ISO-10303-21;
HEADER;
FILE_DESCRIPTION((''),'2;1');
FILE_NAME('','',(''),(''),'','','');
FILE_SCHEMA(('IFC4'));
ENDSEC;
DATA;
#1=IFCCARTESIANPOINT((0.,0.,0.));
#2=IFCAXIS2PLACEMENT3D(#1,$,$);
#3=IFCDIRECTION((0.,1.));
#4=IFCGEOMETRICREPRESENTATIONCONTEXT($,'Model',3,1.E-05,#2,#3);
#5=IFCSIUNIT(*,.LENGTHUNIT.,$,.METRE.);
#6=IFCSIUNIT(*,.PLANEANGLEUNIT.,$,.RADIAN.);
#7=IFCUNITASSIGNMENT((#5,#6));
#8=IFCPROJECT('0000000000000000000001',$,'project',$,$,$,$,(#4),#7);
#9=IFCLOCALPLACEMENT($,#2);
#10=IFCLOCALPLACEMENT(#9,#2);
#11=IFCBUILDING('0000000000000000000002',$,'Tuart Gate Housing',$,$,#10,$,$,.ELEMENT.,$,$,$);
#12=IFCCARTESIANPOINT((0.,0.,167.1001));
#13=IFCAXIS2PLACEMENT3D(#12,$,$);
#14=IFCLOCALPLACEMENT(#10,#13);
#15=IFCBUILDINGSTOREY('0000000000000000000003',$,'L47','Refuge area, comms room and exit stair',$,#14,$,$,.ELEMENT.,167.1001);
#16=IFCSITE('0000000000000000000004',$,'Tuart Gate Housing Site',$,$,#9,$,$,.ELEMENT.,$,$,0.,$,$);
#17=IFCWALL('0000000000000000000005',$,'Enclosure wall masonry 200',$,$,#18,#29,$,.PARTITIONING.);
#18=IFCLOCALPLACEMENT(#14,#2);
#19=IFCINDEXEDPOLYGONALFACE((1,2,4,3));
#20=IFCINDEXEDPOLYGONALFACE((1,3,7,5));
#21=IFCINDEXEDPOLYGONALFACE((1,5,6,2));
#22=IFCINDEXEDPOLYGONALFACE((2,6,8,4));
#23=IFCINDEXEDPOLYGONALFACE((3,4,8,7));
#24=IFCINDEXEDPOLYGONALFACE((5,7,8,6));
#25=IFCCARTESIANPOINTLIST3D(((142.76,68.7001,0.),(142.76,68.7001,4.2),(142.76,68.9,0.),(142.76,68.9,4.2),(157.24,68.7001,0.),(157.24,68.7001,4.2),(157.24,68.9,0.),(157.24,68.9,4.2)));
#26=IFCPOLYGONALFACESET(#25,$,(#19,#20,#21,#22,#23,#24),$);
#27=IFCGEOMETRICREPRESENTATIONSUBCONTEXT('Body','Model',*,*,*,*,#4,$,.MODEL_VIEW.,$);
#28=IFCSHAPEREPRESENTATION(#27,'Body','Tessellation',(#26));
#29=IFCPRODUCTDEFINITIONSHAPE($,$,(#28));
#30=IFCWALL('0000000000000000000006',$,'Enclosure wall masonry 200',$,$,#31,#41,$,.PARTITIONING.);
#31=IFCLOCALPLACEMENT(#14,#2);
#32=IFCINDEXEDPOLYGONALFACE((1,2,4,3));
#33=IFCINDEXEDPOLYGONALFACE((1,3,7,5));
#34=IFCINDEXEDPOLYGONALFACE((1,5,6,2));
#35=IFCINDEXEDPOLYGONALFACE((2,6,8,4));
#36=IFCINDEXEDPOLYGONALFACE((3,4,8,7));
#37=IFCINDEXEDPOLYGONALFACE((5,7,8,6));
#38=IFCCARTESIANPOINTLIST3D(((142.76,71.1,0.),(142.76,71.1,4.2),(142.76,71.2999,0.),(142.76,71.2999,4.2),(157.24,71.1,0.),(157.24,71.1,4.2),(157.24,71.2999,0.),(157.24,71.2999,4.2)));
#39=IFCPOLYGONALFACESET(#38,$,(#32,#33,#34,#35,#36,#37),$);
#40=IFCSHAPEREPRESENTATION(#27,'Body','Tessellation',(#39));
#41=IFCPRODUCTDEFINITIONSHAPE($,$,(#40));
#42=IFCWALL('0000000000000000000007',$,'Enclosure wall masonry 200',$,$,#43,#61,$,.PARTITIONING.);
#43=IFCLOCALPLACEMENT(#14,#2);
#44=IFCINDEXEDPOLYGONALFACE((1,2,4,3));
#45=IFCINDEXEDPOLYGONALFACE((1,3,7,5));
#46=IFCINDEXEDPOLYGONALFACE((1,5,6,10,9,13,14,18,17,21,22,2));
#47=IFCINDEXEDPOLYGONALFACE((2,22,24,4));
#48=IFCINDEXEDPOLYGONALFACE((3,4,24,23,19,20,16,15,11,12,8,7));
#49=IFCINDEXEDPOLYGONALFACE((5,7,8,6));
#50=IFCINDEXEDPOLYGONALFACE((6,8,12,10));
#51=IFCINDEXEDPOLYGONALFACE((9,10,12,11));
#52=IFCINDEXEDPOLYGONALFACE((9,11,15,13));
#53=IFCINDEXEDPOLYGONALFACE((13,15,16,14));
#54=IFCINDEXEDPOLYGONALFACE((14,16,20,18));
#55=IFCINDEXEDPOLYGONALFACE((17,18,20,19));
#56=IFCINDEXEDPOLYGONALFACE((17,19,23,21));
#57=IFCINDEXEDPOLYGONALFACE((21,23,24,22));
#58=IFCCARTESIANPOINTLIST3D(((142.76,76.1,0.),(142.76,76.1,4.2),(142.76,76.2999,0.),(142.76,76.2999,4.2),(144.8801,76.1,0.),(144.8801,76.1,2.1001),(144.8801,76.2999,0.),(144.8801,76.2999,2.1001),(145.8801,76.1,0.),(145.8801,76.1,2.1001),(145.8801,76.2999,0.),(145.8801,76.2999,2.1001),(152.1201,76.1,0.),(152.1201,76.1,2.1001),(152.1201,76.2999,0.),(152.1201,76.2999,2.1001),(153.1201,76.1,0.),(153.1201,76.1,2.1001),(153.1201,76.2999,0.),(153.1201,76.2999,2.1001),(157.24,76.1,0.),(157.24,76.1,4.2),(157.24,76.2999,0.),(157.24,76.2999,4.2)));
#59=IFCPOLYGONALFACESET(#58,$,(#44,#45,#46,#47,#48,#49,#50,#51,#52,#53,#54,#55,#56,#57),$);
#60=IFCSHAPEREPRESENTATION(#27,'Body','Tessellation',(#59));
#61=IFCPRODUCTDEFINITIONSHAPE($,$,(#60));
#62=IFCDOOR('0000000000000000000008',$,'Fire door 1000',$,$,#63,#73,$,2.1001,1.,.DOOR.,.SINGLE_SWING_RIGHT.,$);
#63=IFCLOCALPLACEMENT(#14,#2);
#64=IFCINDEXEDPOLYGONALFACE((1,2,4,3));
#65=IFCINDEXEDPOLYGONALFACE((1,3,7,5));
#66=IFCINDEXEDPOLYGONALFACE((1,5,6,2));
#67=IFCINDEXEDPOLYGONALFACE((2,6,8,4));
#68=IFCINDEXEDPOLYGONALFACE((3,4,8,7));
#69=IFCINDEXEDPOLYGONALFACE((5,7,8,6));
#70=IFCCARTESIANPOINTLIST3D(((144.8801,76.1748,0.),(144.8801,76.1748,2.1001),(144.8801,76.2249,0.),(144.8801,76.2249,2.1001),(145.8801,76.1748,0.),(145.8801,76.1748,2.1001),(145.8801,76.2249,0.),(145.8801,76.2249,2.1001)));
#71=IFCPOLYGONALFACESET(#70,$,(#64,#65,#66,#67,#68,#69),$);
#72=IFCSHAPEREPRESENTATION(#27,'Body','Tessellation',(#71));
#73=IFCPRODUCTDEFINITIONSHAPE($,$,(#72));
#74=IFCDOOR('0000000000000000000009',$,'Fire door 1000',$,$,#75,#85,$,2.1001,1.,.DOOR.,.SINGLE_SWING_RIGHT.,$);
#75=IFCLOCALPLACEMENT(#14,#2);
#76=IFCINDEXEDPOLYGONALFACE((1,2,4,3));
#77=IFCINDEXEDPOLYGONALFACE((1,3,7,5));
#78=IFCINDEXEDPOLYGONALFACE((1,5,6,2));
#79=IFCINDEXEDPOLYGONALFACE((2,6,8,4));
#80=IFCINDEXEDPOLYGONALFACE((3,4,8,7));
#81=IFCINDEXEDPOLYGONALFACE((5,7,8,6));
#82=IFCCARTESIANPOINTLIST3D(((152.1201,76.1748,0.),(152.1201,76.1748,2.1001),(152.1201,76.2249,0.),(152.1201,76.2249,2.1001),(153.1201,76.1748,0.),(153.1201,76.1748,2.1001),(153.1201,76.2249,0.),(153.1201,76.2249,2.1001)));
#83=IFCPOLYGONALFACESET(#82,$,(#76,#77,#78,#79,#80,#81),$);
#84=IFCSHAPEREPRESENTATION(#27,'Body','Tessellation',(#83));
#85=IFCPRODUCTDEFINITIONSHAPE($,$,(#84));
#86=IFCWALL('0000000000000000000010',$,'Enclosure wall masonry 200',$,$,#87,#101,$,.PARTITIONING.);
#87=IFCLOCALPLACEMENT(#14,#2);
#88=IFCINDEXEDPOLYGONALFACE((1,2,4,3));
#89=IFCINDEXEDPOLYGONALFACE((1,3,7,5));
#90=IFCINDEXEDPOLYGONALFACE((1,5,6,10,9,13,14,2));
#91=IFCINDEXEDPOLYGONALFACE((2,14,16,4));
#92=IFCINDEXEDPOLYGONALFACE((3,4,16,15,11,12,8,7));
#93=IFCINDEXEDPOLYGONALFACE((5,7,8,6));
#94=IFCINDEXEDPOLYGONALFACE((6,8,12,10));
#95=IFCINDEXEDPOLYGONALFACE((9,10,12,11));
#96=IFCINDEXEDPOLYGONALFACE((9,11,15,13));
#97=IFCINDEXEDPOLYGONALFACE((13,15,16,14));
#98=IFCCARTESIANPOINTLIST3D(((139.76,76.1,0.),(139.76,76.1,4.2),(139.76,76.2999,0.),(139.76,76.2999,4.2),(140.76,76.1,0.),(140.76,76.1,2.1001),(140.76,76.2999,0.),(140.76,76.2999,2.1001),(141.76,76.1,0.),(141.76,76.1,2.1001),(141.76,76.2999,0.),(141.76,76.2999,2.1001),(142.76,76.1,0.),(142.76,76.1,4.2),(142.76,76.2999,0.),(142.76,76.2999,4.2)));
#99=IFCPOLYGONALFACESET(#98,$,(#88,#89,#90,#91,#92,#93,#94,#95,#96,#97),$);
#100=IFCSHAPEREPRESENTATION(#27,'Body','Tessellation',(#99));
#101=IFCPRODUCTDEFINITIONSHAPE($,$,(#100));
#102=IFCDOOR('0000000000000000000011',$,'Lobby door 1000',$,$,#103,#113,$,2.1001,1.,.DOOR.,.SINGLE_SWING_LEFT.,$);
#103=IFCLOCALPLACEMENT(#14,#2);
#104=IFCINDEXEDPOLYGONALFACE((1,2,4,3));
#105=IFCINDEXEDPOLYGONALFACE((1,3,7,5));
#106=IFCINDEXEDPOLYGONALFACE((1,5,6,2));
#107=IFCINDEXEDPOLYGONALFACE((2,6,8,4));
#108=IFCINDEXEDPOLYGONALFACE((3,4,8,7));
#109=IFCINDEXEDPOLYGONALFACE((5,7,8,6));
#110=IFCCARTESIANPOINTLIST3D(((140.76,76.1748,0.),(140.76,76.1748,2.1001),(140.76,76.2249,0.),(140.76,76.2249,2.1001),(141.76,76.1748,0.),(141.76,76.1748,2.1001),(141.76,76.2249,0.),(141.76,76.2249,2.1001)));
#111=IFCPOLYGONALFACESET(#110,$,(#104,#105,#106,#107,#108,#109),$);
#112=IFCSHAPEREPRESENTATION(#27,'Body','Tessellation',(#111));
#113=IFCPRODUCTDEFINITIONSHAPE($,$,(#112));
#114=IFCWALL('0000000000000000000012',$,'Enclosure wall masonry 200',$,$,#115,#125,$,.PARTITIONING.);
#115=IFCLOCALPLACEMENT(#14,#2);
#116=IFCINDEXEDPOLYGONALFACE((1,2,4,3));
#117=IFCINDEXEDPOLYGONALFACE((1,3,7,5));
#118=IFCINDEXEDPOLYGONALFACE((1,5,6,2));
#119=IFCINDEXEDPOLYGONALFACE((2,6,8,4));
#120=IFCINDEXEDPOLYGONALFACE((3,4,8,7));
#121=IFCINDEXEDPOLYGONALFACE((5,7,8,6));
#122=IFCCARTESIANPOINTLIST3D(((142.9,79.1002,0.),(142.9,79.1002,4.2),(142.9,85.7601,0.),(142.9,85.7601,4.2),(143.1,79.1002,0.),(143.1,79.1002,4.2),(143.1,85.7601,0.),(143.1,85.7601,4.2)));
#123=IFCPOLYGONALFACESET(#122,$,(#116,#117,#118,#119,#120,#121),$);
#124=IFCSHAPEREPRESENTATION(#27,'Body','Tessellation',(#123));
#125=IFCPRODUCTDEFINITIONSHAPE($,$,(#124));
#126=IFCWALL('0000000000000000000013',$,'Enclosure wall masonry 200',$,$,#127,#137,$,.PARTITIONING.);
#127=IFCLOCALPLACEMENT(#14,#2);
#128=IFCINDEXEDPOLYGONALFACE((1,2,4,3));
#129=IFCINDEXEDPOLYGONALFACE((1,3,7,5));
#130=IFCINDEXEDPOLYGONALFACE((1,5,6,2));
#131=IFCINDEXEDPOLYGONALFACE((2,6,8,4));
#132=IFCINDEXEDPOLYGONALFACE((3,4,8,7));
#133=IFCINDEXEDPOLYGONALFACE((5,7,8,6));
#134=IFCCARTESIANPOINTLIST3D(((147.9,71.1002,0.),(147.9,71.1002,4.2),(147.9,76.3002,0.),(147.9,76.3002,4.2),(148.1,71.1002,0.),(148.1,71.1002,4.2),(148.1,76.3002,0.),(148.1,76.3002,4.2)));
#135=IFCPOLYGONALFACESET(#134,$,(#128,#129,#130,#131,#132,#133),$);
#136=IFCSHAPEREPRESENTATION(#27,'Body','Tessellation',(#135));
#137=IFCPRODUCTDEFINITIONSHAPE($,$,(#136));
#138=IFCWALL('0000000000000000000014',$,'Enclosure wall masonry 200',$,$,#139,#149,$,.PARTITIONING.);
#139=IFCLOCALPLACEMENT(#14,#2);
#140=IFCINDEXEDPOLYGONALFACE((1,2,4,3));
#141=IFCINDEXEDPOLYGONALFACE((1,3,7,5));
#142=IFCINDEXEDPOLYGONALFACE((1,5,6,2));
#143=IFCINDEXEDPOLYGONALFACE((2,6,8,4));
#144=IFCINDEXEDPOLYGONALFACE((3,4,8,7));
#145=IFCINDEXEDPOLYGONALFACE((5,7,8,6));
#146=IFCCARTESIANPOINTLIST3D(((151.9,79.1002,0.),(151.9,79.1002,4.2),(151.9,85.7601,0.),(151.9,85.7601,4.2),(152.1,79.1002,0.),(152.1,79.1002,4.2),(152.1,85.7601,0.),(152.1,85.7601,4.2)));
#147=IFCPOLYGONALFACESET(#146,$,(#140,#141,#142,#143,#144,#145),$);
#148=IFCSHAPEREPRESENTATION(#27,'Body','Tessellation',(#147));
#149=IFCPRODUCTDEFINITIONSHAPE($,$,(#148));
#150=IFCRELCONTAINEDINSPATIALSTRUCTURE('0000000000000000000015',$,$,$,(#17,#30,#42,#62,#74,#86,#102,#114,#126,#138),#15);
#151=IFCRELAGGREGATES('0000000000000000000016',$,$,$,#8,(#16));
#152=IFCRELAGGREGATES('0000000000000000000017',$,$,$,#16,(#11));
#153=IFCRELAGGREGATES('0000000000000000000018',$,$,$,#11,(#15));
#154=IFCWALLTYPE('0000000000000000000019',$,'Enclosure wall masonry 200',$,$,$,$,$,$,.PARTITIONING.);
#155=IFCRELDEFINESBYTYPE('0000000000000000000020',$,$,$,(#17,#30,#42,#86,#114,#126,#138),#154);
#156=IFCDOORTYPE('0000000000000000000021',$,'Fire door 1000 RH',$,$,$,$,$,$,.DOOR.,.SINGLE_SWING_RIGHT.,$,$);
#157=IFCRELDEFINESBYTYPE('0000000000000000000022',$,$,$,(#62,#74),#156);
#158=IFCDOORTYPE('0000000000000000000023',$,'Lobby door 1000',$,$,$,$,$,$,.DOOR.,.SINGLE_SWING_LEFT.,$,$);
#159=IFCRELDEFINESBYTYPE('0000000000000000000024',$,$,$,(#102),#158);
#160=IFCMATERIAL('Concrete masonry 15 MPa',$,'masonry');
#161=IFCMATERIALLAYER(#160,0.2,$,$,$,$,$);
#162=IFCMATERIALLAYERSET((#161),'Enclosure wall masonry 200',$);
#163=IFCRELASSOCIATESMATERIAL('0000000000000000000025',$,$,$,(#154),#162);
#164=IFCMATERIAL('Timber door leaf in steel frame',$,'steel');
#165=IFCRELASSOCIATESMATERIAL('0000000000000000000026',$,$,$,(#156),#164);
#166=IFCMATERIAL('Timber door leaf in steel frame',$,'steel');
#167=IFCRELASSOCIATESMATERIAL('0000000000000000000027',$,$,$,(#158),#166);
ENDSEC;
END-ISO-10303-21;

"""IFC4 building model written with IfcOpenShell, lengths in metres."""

from ifc_helpers import new_model, si_unit, direction, frame, frame_2d, origin, place, context, subcontext, project, spatial, rectangle, extrude, material, layer, layer_set, type_object, element, fill, save


model = new_model("IFC4")

# Units and contexts
model_context = context("Model", 3, precision=1e-05, world=origin(), true_north=direction((0.0, 1.0)))
body_context = subcontext(model_context, "Body", "Model", "MODEL_VIEW")
ifc_project = project(units=[si_unit("LENGTHUNIT", "METRE"), si_unit("PLANEANGLEUNIT", "RADIAN")], contexts=[model_context])

# Site, building, storey
site_placement = place(None, origin())
site = spatial("IfcSite", under=ifc_project, at=site_placement, Name="Tuart Gate Housing Site", CompositionType="ELEMENT", RefElevation=0.0)
building_placement = place(site_placement, origin())
building = spatial("IfcBuilding", under=site, at=building_placement, Name="Tuart Gate Housing", CompositionType="ELEMENT")
storey_placement = place(building_placement, frame((0.0, 0.0, 167.1001)))
storey = spatial("IfcBuildingStorey", under=building, at=storey_placement, Name="L47", Description="Refuge area, comms room and exit stair", CompositionType="ELEMENT", Elevation=167.1001)

# Walls
ifc_material_1 = material(Name="Concrete masonry 15 MPa", Category="masonry")
ifc_layer_1 = layer(ifc_material_1, 0.2)
ifc_layer_set_1 = layer_set([ifc_layer_1], Name="Enclosure wall masonry 200")
wall_type_1 = type_object("IfcWallType", Name="Enclosure wall masonry 200", PredefinedType="PARTITIONING", material=ifc_layer_set_1)
for number, where, z_axis, x_axis, name in (
    (1, (142.76, 68.8, 0.0), (0.0, 0.0, 1.0), (1.0, 0.0, 0.0), "Enclosure wall masonry 200"),
    (2, (142.76, 71.2, 0.0), (0.0, 0.0, 1.0), (1.0, 0.0, 0.0), "Enclosure wall masonry 200"),
):
    element("IfcWall", number, at=place(storey_placement, frame(where, z_axis=z_axis, x_axis=x_axis)), inside=storey, type_object=wall_type_1, Name=name, PredefinedType="PARTITIONING", context=body_context, shape_type="SweptSolid", body=[
        extrude(rectangle(XDim=14.48, YDim=0.2, at=frame_2d((7.24, 0.0))), origin(), (0.0, 0.0, 1.0), 4.2),
    ])

# Wall, openings, doors
wall_1_placement = place(storey_placement, frame((142.76, 76.2, 0.0), z_axis=(0.0, 0.0, 1.0), x_axis=(1.0, 0.0, 0.0)))
wall_1 = element("IfcWall", 3, at=wall_1_placement, inside=storey, type_object=wall_type_1, Name="Enclosure wall masonry 200", PredefinedType="PARTITIONING", context=body_context, shape_type="SweptSolid", body=[
    extrude(rectangle(XDim=14.48, YDim=0.2, at=frame_2d((7.24, 0.0))), origin(), (0.0, 0.0, 1.0), 4.2),
])
opening_1_placement = place(wall_1_placement, frame((2.1201, 0.0, 0.0)))
opening_1 = element("IfcOpeningElement", 4, at=opening_1_placement, cuts=wall_1, PredefinedType="OPENING", context=body_context, shape_type="SweptSolid", body=[
    extrude(rectangle(XDim=1.0, YDim=2.1001, at=frame_2d((0.5, 1.05))), frame((0.0, 0.1099, 0.0), z_axis=(0.0, -1.0, 0.0), x_axis=(1.0, 0.0, 0.0)), (0.0, 0.0, 1.0), 0.22),
])
opening_2_placement = place(wall_1_placement, frame((9.3601, 0.0, 0.0)))
opening_2 = element("IfcOpeningElement", 5, at=opening_2_placement, cuts=wall_1, PredefinedType="OPENING", context=body_context, shape_type="SweptSolid", body=[
    extrude(rectangle(XDim=1.0, YDim=2.1001, at=frame_2d((0.5, 1.05))), frame((0.0, 0.1099, 0.0), z_axis=(0.0, -1.0, 0.0), x_axis=(1.0, 0.0, 0.0)), (0.0, 0.0, 1.0), 0.22),
])
ifc_material_2 = material(Name="Timber door leaf in steel frame", Category="steel")
door_type_1 = type_object("IfcDoorType", Name="Fire door 1000 RH", OperationType="SINGLE_SWING_RIGHT", PredefinedType="DOOR", material=ifc_material_2)
door_1_placement = place(opening_1_placement, frame((1.0, 0.0, 0.0), z_axis=(0.0, 0.0, 1.0), x_axis=(-1.0, 0.0, 0.0)))
door_1 = element("IfcDoor", 6, at=door_1_placement, inside=storey, type_object=door_type_1, Name="Fire door 1000", OperationType="SINGLE_SWING_RIGHT", OverallHeight=2.1001, OverallWidth=1.0, PredefinedType="DOOR", context=body_context, shape_type="SweptSolid", body=[
    extrude(rectangle(XDim=1.0, YDim=2.1001, at=frame_2d((0.5, 1.05))), frame((0.0, 0.0251, 0.0), z_axis=(0.0, -1.0, 0.0), x_axis=(1.0, 0.0, 0.0)), (0.0, 0.0, 1.0), 0.05),
])
fill(opening_1, door_1)
door_2_placement = place(opening_2_placement, frame((1.0, 0.0, 0.0), z_axis=(0.0, 0.0, 1.0), x_axis=(-1.0, 0.0, 0.0)))
door_2 = element("IfcDoor", 7, at=door_2_placement, inside=storey, type_object=door_type_1, Name="Fire door 1000", OperationType="SINGLE_SWING_RIGHT", OverallHeight=2.1001, OverallWidth=1.0, PredefinedType="DOOR", context=body_context, shape_type="SweptSolid", body=[
    extrude(rectangle(XDim=1.0, YDim=2.1001, at=frame_2d((0.5, 1.05))), frame((0.0, 0.0251, 0.0), z_axis=(0.0, -1.0, 0.0), x_axis=(1.0, 0.0, 0.0)), (0.0, 0.0, 1.0), 0.05),
])
fill(opening_2, door_2)

# Wall, opening, door
wall_2_placement = place(storey_placement, frame((139.76, 76.2, 0.0), z_axis=(0.0, 0.0, 1.0), x_axis=(1.0, 0.0, 0.0)))
wall_2 = element("IfcWall", 8, at=wall_2_placement, inside=storey, type_object=wall_type_1, Name="Enclosure wall masonry 200", PredefinedType="PARTITIONING", context=body_context, shape_type="SweptSolid", body=[
    extrude(rectangle(XDim=3.0, YDim=0.2, at=frame_2d((1.5, 0.0))), origin(), (0.0, 0.0, 1.0), 4.2),
])
opening_3_placement = place(wall_2_placement, frame((1.0, 0.0, 0.0)))
opening_3 = element("IfcOpeningElement", 9, at=opening_3_placement, cuts=wall_2, PredefinedType="OPENING", context=body_context, shape_type="SweptSolid", body=[
    extrude(rectangle(XDim=1.0, YDim=2.1001, at=frame_2d((0.5, 1.05))), frame((0.0, 0.1099, 0.0), z_axis=(0.0, -1.0, 0.0), x_axis=(1.0, 0.0, 0.0)), (0.0, 0.0, 1.0), 0.22),
])
ifc_material_3 = material(Name="Timber door leaf in steel frame", Category="steel")
door_type_2 = type_object("IfcDoorType", Name="Lobby door 1000", OperationType="SINGLE_SWING_LEFT", PredefinedType="DOOR", material=ifc_material_3)
door_3_placement = place(opening_3_placement, frame((1.0, 0.0, 0.0), z_axis=(0.0, 0.0, 1.0), x_axis=(-1.0, 0.0, 0.0)))
door_3 = element("IfcDoor", 10, at=door_3_placement, inside=storey, type_object=door_type_2, Name="Lobby door 1000", OperationType="SINGLE_SWING_LEFT", OverallHeight=2.1001, OverallWidth=1.0, PredefinedType="DOOR", context=body_context, shape_type="SweptSolid", body=[
    extrude(rectangle(XDim=1.0, YDim=2.1001, at=frame_2d((0.5, 1.05))), frame((0.0, 0.0251, 0.0), z_axis=(0.0, -1.0, 0.0), x_axis=(1.0, 0.0, 0.0)), (0.0, 0.0, 1.0), 0.05),
])
fill(opening_3, door_3)

# Walls
wall_3_placement = place(storey_placement, frame((143.0, 79.1001, 0.0), z_axis=(0.0, 0.0, 1.0), x_axis=(0.0, 1.0, 0.0)))
element("IfcWall", 11, at=wall_3_placement, inside=storey, type_object=wall_type_1, Name="Enclosure wall masonry 200", PredefinedType="PARTITIONING", context=body_context, shape_type="SweptSolid", body=[
    extrude(rectangle(XDim=6.6599, YDim=0.2, at=frame_2d((3.3301, 0.0))), origin(), (0.0, 0.0, 1.0), 4.2),
])
wall_4_placement = place(storey_placement, frame((148.0, 71.1001, 0.0), z_axis=(0.0, 0.0, 1.0), x_axis=(0.0, 1.0, 0.0)))
element("IfcWall", 12, at=wall_4_placement, inside=storey, type_object=wall_type_1, Name="Enclosure wall masonry 200", PredefinedType="PARTITIONING", context=body_context, shape_type="SweptSolid", body=[
    extrude(rectangle(XDim=5.2, YDim=0.2, at=frame_2d((2.6001, 0.0))), origin(), (0.0, 0.0, 1.0), 4.2),
])
wall_5_placement = place(storey_placement, frame((152.0, 79.1001, 0.0), z_axis=(0.0, 0.0, 1.0), x_axis=(0.0, 1.0, 0.0)))
element("IfcWall", 13, at=wall_5_placement, inside=storey, type_object=wall_type_1, Name="Enclosure wall masonry 200", PredefinedType="PARTITIONING", context=body_context, shape_type="SweptSolid", body=[
    extrude(rectangle(XDim=6.6599, YDim=0.2, at=frame_2d((3.3301, 0.0))), origin(), (0.0, 0.0, 1.0), 4.2),
])

save(model, "model.ifc")
